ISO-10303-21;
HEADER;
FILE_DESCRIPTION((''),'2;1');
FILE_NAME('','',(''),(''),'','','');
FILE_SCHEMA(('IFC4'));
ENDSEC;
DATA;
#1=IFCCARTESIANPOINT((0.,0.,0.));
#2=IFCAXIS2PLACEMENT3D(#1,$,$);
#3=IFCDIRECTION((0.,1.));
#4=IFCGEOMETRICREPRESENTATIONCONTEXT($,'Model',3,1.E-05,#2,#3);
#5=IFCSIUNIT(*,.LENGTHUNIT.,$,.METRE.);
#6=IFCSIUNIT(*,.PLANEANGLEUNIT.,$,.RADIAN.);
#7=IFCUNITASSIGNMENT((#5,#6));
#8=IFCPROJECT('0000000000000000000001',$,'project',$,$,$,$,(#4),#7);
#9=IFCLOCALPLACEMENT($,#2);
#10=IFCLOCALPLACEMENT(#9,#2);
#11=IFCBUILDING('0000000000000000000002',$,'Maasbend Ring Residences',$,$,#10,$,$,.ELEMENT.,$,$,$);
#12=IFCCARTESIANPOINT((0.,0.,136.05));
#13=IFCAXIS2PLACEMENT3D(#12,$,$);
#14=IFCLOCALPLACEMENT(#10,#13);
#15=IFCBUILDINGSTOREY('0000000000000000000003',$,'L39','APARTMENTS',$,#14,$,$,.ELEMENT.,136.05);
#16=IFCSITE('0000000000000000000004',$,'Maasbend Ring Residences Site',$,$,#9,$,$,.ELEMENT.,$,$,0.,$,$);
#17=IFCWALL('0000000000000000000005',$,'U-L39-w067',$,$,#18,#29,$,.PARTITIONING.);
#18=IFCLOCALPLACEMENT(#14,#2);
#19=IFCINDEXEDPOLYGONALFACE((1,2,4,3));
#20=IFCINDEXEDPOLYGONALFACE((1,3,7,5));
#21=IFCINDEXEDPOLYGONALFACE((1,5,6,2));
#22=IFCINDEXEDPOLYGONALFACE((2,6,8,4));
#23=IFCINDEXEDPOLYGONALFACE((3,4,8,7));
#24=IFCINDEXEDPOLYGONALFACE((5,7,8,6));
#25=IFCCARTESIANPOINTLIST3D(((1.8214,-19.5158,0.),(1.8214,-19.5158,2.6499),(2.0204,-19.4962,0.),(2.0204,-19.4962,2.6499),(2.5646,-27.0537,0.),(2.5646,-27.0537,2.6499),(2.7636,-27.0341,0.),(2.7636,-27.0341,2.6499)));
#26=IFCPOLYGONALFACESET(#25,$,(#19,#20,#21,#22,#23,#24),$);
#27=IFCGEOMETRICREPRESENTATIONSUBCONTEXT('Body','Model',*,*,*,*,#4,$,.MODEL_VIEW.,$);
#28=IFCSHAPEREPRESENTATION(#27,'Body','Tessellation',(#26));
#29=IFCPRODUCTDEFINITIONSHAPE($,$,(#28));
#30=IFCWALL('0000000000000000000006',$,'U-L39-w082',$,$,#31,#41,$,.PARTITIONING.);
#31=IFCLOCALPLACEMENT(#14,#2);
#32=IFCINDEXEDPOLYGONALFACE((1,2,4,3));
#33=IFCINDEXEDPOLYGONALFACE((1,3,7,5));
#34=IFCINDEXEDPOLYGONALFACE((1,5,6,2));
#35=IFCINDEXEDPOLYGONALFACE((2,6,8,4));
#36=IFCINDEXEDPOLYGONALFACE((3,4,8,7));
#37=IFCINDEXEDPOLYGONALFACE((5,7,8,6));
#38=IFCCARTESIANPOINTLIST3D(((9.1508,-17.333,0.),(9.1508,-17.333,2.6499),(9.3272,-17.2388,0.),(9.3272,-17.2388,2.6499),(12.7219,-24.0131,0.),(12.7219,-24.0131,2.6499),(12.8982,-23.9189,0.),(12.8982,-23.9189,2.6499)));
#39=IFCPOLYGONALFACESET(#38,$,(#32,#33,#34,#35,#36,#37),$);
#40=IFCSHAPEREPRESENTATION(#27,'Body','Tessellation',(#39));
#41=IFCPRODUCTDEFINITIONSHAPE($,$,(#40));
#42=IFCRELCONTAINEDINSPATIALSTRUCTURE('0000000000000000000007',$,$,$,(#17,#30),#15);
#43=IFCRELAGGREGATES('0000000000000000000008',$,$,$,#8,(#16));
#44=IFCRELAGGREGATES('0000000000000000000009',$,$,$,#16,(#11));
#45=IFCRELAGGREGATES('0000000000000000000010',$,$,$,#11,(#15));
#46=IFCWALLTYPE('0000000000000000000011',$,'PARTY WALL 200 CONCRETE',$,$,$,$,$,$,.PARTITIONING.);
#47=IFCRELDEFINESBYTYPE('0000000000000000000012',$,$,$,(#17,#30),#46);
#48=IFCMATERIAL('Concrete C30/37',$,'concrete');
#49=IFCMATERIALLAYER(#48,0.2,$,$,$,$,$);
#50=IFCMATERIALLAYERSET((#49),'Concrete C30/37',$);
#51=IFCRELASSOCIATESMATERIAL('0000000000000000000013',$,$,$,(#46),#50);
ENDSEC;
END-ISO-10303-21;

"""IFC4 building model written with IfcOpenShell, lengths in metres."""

from ifc_helpers import new_model, si_unit, direction, frame, frame_2d, origin, place, context, subcontext, project, spatial, rectangle, extrude, material, layer, layer_set, type_object, element, save


model = new_model("IFC4")

# Units and contexts
model_context = context("Model", 3, precision=1e-05, world=origin(), true_north=direction((0.0, 1.0)))
body_context = subcontext(model_context, "Body", "Model", "MODEL_VIEW")
ifc_project = project(units=[si_unit("LENGTHUNIT", "METRE"), si_unit("PLANEANGLEUNIT", "RADIAN")], contexts=[model_context])

# Site, building, storey
site_placement = place(None, origin())
site = spatial("IfcSite", under=ifc_project, at=site_placement, Name="Maasbend Ring Residences Site", CompositionType="ELEMENT", RefElevation=0.0)
building_placement = place(site_placement, origin())
building = spatial("IfcBuilding", under=site, at=building_placement, Name="Maasbend Ring Residences", CompositionType="ELEMENT")
storey_placement = place(building_placement, frame((0.0, 0.0, 136.05)))
storey = spatial("IfcBuildingStorey", under=building, at=storey_placement, Name="L39", Description="APARTMENTS", CompositionType="ELEMENT", Elevation=136.05)

# Walls
ifc_material_1 = material(Name="Concrete C30/37", Category="concrete")
ifc_layer_1 = layer(ifc_material_1, 0.2)
ifc_layer_set_1 = layer_set([ifc_layer_1], Name="Concrete C30/37")
wall_type_1 = type_object("IfcWallType", Name="PARTY WALL 200 CONCRETE", PredefinedType="PARTITIONING", material=ifc_layer_set_1)
wall_1_placement = place(storey_placement, frame((1.9209, -19.5061, 0.0), z_axis=(0.0, 0.0, 1.0), x_axis=(0.098115, -0.995175, 0.0)))
element("IfcWall", 1, at=wall_1_placement, inside=storey, type_object=wall_type_1, Name="U-L39-w067", PredefinedType="PARTITIONING", context=body_context, shape_type="SweptSolid", body=[
    extrude(rectangle(XDim=7.5745, YDim=0.2, at=frame_2d((3.7871, 0.0))), origin(), (0.0, 0.0, 1.0), 2.6499),
])
wall_2_placement = place(storey_placement, frame((9.239, -17.2859, 0.0), z_axis=(0.0, 0.0, 1.0), x_axis=(0.47144, -0.881898, 0.0)))
element("IfcWall", 2, at=wall_2_placement, inside=storey, type_object=wall_type_1, Name="U-L39-w082", PredefinedType="PARTITIONING", context=body_context, shape_type="SweptSolid", body=[
    extrude(rectangle(XDim=7.5747, YDim=0.2, at=frame_2d((3.7874, 0.0))), origin(), (0.0, 0.0, 1.0), 2.6499),
])

save(model, "model.ifc")
